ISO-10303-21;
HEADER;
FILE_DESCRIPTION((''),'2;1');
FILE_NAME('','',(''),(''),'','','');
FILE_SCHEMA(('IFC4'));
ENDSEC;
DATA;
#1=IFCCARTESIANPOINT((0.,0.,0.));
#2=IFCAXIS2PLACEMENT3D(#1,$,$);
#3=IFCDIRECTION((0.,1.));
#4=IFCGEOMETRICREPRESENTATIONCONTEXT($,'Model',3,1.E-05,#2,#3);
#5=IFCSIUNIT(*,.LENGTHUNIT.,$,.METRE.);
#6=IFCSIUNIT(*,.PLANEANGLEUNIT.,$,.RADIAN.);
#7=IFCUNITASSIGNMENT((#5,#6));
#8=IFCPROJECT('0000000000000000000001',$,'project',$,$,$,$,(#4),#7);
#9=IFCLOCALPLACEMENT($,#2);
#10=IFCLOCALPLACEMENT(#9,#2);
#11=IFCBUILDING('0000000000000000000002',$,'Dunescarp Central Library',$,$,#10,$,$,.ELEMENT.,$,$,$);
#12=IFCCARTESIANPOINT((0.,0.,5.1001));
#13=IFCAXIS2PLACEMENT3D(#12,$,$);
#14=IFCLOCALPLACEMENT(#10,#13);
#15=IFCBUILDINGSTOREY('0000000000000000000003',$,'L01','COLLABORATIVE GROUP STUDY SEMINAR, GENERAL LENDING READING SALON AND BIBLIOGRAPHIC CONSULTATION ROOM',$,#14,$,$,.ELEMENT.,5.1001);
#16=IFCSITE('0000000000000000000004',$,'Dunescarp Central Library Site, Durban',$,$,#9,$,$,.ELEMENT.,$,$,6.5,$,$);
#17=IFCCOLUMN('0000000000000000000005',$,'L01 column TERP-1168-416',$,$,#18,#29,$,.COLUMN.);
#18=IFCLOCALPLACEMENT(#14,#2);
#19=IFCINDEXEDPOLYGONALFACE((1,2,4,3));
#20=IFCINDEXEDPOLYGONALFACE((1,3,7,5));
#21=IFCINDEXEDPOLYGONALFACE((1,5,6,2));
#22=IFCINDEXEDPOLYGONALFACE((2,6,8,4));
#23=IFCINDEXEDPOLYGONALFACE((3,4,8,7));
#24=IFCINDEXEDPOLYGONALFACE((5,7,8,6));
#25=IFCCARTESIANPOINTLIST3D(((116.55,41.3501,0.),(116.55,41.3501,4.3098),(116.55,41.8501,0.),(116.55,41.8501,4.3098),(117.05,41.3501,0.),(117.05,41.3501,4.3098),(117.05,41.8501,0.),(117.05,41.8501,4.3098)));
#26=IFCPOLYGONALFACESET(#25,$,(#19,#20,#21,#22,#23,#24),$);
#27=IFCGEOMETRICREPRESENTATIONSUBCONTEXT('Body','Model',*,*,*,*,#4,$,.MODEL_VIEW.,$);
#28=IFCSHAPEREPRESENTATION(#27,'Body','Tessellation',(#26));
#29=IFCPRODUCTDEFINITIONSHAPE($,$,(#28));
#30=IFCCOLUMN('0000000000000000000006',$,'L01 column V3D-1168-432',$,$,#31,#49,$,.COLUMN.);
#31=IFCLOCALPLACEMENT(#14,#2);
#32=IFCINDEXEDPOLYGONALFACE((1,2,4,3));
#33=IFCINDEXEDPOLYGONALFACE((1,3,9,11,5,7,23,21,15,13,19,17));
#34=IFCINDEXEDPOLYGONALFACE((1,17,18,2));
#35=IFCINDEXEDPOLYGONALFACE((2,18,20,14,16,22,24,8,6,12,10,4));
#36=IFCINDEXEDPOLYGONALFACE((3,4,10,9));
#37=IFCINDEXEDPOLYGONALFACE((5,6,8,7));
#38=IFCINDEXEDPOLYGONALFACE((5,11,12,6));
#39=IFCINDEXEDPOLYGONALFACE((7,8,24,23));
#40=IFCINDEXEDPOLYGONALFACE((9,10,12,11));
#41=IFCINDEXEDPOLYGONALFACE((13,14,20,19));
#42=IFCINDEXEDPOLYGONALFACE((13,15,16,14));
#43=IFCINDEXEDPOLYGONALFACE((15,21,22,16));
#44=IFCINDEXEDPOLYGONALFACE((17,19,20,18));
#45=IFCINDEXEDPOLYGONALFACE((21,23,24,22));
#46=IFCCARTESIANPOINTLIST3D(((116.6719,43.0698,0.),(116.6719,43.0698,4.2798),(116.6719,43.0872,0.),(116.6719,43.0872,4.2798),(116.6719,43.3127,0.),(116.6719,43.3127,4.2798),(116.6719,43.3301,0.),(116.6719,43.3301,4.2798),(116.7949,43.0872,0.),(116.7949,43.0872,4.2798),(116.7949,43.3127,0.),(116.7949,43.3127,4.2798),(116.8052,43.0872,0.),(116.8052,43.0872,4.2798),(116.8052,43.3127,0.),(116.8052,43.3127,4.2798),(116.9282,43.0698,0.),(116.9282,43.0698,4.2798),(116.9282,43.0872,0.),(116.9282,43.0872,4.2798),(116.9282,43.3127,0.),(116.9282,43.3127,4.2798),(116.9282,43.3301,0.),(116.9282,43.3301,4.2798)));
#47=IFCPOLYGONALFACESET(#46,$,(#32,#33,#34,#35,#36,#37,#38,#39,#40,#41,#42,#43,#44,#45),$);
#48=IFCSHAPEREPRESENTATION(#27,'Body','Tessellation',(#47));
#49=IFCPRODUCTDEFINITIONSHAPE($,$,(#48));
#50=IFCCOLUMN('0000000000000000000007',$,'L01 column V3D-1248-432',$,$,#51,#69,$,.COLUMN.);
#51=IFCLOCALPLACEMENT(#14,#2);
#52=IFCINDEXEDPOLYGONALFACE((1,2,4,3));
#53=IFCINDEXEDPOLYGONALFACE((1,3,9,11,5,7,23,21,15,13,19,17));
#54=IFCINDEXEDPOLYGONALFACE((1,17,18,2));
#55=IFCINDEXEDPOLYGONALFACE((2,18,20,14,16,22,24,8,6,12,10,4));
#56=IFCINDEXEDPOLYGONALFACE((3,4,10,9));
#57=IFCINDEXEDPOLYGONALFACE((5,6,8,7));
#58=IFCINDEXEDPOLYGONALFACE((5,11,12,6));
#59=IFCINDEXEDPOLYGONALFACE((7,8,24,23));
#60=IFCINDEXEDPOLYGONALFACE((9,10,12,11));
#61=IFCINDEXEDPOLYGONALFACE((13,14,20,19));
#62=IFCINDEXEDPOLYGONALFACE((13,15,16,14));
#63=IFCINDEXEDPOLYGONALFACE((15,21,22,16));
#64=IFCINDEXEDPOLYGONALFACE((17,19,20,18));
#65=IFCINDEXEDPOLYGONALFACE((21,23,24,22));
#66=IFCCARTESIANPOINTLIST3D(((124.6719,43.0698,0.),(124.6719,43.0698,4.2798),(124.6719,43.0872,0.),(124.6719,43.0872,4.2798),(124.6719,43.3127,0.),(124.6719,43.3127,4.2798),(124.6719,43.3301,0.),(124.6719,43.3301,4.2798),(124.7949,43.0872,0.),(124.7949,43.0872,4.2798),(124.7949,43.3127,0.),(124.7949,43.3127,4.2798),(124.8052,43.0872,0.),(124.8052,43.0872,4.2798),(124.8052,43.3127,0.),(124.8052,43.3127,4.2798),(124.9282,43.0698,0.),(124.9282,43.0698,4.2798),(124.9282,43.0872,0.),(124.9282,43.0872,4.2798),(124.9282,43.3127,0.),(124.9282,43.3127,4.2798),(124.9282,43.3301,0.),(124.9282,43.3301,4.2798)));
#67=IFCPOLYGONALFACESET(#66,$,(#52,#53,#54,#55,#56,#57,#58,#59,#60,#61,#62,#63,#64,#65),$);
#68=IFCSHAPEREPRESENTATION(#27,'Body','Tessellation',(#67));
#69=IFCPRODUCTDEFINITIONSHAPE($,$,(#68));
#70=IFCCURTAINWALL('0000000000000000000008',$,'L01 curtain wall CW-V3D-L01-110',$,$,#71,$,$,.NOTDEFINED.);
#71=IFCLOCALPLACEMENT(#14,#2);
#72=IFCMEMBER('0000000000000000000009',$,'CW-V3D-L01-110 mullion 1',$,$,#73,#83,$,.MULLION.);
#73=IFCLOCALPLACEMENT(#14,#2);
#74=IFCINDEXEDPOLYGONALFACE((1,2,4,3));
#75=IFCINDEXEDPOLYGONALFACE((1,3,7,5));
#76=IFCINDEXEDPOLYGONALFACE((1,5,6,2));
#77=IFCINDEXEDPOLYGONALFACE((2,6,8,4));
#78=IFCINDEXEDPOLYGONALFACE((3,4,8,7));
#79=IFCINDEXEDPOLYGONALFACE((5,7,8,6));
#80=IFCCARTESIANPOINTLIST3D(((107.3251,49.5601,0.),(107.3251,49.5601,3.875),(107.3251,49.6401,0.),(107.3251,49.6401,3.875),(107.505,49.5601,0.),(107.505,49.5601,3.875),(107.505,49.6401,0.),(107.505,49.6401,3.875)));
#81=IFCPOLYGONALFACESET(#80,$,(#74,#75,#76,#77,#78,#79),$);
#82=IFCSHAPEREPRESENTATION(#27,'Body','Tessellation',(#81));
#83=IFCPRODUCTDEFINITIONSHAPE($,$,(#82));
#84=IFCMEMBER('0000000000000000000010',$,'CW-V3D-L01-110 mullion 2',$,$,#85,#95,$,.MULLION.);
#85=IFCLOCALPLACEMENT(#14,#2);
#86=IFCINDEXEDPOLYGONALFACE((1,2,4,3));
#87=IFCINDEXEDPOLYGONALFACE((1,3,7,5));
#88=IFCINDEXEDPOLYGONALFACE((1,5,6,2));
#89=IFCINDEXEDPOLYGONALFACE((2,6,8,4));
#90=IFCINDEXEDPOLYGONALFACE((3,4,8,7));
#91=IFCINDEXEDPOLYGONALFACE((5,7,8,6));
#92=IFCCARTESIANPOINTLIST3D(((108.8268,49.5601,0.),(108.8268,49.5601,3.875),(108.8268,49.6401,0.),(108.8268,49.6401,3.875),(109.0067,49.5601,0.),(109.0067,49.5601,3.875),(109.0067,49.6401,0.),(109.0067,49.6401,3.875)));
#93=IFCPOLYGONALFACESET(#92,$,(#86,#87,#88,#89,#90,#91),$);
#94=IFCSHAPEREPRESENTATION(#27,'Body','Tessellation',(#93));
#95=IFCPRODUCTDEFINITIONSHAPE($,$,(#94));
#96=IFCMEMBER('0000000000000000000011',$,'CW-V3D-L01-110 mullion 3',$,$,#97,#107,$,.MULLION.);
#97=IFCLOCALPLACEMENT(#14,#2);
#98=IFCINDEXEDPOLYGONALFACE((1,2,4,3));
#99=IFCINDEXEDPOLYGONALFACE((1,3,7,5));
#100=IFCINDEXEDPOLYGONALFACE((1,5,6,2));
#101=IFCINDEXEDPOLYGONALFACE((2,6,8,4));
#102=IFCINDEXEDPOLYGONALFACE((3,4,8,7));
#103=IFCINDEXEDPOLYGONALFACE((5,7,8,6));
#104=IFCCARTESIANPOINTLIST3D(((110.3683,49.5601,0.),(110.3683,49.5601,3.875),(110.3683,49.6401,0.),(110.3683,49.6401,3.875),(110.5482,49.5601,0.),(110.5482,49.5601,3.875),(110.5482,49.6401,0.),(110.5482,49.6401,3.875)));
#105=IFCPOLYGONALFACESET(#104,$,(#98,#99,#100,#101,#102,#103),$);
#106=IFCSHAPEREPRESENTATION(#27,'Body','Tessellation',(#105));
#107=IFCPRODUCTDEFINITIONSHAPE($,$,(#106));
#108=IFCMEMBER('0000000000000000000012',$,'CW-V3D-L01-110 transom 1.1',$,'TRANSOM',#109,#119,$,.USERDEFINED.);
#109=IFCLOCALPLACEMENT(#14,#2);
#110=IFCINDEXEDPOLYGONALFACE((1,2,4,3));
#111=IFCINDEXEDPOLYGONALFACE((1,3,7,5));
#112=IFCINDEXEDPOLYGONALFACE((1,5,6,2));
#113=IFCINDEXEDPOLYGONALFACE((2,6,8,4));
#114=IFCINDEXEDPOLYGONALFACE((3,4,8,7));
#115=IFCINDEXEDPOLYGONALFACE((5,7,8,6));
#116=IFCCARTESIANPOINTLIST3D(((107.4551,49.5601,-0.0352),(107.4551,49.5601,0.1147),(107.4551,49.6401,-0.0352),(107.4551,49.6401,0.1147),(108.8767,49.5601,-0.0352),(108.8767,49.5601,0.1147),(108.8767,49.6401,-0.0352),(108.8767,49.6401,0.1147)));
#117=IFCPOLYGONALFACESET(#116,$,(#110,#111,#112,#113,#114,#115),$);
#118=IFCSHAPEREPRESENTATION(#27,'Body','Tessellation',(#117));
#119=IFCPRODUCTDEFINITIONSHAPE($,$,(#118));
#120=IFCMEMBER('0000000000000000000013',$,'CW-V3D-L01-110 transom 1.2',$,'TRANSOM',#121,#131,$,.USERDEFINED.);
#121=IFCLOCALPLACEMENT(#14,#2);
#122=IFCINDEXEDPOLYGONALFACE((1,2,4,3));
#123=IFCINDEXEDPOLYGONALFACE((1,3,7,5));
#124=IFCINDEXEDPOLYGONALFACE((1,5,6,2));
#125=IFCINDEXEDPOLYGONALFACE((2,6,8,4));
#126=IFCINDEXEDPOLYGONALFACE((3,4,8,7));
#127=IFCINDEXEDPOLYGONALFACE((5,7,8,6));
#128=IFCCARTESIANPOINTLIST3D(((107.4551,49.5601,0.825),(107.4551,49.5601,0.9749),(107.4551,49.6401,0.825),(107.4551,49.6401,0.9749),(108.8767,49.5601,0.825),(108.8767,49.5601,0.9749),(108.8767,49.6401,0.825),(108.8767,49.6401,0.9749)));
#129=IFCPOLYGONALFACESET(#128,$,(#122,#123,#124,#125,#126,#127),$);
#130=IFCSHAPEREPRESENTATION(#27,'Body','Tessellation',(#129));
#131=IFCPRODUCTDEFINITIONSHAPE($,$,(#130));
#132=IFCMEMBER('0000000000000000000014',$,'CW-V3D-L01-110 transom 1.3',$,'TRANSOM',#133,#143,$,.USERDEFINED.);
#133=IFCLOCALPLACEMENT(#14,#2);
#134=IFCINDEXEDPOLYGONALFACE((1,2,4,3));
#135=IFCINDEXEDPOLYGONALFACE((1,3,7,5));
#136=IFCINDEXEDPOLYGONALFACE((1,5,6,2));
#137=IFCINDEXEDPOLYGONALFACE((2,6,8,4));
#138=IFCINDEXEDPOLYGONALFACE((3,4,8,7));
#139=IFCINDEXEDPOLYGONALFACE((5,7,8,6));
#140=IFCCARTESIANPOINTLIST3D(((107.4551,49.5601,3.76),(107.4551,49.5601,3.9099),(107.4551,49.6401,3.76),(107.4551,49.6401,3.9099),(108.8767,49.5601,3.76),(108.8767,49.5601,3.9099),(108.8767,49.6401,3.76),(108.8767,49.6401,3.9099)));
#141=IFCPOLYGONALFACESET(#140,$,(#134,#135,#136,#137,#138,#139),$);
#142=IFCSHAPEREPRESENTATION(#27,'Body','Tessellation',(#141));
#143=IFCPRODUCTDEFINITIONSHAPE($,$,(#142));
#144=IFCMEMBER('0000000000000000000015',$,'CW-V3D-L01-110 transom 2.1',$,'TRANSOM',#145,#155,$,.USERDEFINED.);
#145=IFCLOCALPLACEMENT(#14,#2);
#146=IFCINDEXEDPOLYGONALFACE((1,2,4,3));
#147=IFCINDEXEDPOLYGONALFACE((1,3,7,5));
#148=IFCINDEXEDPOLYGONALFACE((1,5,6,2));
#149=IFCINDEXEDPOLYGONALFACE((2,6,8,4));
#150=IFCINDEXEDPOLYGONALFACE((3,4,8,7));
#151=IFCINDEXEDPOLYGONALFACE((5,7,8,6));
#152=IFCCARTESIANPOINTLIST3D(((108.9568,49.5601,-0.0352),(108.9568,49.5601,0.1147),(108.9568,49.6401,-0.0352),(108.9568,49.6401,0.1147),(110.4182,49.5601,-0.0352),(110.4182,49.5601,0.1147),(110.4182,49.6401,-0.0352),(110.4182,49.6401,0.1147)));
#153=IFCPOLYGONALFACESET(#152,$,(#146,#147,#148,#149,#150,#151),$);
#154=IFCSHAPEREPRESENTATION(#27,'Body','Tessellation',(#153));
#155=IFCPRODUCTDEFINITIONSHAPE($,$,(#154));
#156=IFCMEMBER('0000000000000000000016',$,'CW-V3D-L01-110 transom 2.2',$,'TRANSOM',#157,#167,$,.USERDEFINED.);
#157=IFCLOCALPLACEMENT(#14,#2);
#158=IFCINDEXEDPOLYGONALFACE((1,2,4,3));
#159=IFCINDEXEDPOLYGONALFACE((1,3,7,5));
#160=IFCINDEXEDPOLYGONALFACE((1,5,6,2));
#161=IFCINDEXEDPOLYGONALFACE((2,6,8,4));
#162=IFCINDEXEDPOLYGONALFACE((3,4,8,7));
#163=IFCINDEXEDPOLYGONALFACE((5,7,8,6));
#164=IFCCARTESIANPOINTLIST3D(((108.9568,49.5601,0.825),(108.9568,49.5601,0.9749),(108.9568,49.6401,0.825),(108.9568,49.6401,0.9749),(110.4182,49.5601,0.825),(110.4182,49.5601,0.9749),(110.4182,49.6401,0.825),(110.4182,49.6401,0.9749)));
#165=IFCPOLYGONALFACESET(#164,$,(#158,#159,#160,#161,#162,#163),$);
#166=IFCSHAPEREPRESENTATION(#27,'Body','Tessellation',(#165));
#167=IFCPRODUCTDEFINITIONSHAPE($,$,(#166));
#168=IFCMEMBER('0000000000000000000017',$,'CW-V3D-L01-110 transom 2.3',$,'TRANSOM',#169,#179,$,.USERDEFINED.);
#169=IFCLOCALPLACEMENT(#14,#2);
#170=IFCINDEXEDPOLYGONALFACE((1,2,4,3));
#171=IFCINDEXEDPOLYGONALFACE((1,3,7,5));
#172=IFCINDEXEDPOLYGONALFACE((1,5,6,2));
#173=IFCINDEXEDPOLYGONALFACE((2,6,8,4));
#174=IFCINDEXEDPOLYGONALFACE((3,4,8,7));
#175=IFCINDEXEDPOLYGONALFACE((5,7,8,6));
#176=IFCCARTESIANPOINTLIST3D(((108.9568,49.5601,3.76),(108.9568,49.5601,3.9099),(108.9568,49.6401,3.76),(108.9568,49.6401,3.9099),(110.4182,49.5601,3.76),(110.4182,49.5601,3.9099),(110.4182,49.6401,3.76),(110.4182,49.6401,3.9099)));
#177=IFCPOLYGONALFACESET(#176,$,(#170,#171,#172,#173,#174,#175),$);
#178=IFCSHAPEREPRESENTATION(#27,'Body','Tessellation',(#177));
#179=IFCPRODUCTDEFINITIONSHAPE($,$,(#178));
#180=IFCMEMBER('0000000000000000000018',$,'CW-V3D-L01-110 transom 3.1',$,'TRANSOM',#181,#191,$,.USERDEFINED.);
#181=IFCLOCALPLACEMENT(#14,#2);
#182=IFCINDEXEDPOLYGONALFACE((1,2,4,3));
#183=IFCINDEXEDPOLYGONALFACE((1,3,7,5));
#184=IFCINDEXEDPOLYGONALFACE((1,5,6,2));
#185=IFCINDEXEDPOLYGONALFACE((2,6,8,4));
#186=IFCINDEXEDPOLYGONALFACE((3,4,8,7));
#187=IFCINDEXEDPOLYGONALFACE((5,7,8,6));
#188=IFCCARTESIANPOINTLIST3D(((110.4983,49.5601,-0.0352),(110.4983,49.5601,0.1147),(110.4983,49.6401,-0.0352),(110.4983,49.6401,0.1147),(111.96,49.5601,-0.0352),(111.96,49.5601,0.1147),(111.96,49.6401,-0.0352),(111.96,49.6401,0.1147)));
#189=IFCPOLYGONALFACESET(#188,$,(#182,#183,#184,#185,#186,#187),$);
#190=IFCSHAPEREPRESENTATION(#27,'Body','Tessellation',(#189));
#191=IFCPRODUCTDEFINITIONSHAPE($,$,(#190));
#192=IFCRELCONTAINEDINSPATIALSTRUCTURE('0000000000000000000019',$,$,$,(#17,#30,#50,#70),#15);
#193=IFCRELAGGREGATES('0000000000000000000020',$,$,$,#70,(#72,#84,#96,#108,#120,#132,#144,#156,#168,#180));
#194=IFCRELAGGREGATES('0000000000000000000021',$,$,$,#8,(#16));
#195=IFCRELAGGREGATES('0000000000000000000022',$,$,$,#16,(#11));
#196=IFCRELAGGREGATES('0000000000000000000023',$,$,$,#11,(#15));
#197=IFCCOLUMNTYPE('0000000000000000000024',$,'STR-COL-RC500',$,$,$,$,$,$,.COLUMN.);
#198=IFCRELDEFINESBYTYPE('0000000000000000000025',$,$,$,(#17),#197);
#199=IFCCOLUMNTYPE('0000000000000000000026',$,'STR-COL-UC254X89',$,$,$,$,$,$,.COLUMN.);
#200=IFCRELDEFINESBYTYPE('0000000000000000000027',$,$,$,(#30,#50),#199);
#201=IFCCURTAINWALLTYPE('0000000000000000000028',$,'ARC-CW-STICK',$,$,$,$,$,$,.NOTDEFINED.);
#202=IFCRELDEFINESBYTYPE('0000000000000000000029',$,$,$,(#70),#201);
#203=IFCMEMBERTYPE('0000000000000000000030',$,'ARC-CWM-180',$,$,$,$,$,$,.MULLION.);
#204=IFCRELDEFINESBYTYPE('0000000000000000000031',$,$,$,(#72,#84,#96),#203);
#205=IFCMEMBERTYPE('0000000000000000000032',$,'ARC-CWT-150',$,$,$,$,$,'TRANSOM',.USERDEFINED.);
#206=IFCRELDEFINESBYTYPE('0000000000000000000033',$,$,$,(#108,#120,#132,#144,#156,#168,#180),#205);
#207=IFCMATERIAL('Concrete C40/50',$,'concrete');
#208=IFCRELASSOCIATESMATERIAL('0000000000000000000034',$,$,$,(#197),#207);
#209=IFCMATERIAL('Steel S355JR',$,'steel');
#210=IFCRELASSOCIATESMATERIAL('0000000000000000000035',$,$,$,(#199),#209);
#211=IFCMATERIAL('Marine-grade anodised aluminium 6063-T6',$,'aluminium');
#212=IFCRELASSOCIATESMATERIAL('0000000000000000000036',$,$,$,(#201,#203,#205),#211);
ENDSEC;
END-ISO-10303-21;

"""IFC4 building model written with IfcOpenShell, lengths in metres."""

from ifc_helpers import new_model, si_unit, direction, frame, origin, origin_2d, place, context, subcontext, project, spatial, rectangle, i_section, extrude, material, material_profile, profile_set, type_object, element, aggregate, save


model = new_model("IFC4")

# Units and contexts
model_context = context("Model", 3, precision=1e-05, world=origin(), true_north=direction((0.0, 1.0)))
body_context = subcontext(model_context, "Body", "Model", "MODEL_VIEW")
ifc_project = project(units=[si_unit("LENGTHUNIT", "METRE"), si_unit("PLANEANGLEUNIT", "RADIAN")], contexts=[model_context])

# Site, building, storey
site_placement = place(None, origin())
site = spatial("IfcSite", under=ifc_project, at=site_placement, Name="Dunescarp Central Library Site, Durban", CompositionType="ELEMENT", RefElevation=6.5)
building_placement = place(site_placement, origin())
building = spatial("IfcBuilding", under=site, at=building_placement, Name="Dunescarp Central Library", CompositionType="ELEMENT")
storey_placement = place(building_placement, frame((0.0, 0.0, 5.1001)))
storey = spatial("IfcBuildingStorey", under=building, at=storey_placement, Name="L01", Description="COLLABORATIVE GROUP STUDY SEMINAR, GENERAL LENDING READING SALON AND BIBLIOGRAPHIC CONSULTATION ROOM", CompositionType="ELEMENT", Elevation=5.1001)

# Columns
ifc_material_1 = material(Name="Concrete C40/50", Category="concrete")
ifc_material_profile_1 = material_profile(ifc_material_1, rectangle(XDim=0.5, YDim=0.5, at=origin_2d()), Name="RC 500x500")
ifc_profile_set_1 = profile_set([ifc_material_profile_1], Name="Concrete C40/50")
column_type_1 = type_object("IfcColumnType", Name="STR-COL-RC500", PredefinedType="COLUMN", material=ifc_profile_set_1)
column_placement = place(storey_placement, frame((116.8, 41.6001, 0.0), z_axis=(0.0, 0.0, 1.0), x_axis=(1.0, 0.0, 0.0)))
element("IfcColumn", 1, at=column_placement, inside=storey, type_object=column_type_1, Name="L01 column TERP-1168-416", PredefinedType="COLUMN", context=body_context, shape_type="SweptSolid", body=[
    extrude(rectangle(XDim=0.5, YDim=0.5, at=origin_2d()), origin(), (0.0, 0.0, 1.0), 4.3098),
])
ifc_material_2 = material(Name="Steel S355JR", Category="steel")
ifc_material_profile_2 = material_profile(ifc_material_2, i_section(OverallWidth=0.2563, OverallDepth=0.2603, WebThickness=0.0103, FlangeThickness=0.0173, at=origin_2d()), Name="UC 254x254x89")
ifc_profile_set_2 = profile_set([ifc_material_profile_2], Name="Steel S355JR")
column_type_2 = type_object("IfcColumnType", Name="STR-COL-UC254X89", PredefinedType="COLUMN", material=ifc_profile_set_2)
for number, where, z_axis, x_axis, name in (
    (2, (116.8, 43.2, 0.0), (0.0, 0.0, 1.0), (1.0, 0.0, 0.0), "L01 column V3D-1168-432"),
    (3, (124.8, 43.2, 0.0), (0.0, 0.0, 1.0), (1.0, 0.0, 0.0), "L01 column V3D-1248-432"),
):
    element("IfcColumn", number, at=place(storey_placement, frame(where, z_axis=z_axis, x_axis=x_axis)), inside=storey, type_object=column_type_2, Name=name, PredefinedType="COLUMN", context=body_context, shape_type="SweptSolid", body=[
        extrude(i_section(OverallWidth=0.2563, OverallDepth=0.2603, WebThickness=0.0103, FlangeThickness=0.0173, at=origin_2d()), origin(), (0.0, 0.0, 1.0), 4.2798),
    ])

# Curtain wall, members
ifc_material_3 = material(Name="Marine-grade anodised aluminium 6063-T6", Category="aluminium")
curtain_wall_type = type_object("IfcCurtainWallType", Name="ARC-CW-STICK", PredefinedType="NOTDEFINED", material=ifc_material_3)
curtain_wall_placement = place(storey_placement, origin())
curtain_wall = element("IfcCurtainWall", 4, at=curtain_wall_placement, inside=storey, type_object=curtain_wall_type, Name="L01 curtain wall CW-V3D-L01-110", PredefinedType="NOTDEFINED")
ifc_material_profile_3 = material_profile(ifc_material_3, rectangle(XDim=0.0801, YDim=0.1799, at=origin_2d()), Name="AL 80x180")
ifc_profile_set_3 = profile_set([ifc_material_profile_3], Name="Marine-grade anodised aluminium 6063-T6")
member_type_1 = type_object("IfcMemberType", Name="ARC-CWM-180", PredefinedType="MULLION", material=ifc_profile_set_3)
member_1_placement = place(storey_placement, frame((107.415, 49.6001, 0.0), z_axis=(0.0, 0.0, 1.0), x_axis=(0.0, 1.0, 0.0)))
member_1 = element("IfcMember", 5, at=member_1_placement, type_object=member_type_1, Name="CW-V3D-L01-110 mullion 1", PredefinedType="MULLION", context=body_context, shape_type="SweptSolid", body=[
    extrude(rectangle(XDim=0.0801, YDim=0.1799, at=origin_2d()), origin(), (0.0, 0.0, 1.0), 3.875),
])
member_2_placement = place(storey_placement, frame((108.9167, 49.6001, 0.0), z_axis=(0.0, 0.0, 1.0), x_axis=(0.0, 1.0, 0.0)))
member_2 = element("IfcMember", 6, at=member_2_placement, type_object=member_type_1, Name="CW-V3D-L01-110 mullion 2", PredefinedType="MULLION", context=body_context, shape_type="SweptSolid", body=[
    extrude(rectangle(XDim=0.0801, YDim=0.1799, at=origin_2d()), origin(), (0.0, 0.0, 1.0), 3.875),
])
member_3_placement = place(storey_placement, frame((110.4583, 49.6001, 0.0), z_axis=(0.0, 0.0, 1.0), x_axis=(0.0, 1.0, 0.0)))
member_3 = element("IfcMember", 7, at=member_3_placement, type_object=member_type_1, Name="CW-V3D-L01-110 mullion 3", PredefinedType="MULLION", context=body_context, shape_type="SweptSolid", body=[
    extrude(rectangle(XDim=0.0801, YDim=0.1799, at=origin_2d()), origin(), (0.0, 0.0, 1.0), 3.875),
])
ifc_material_profile_4 = material_profile(ifc_material_3, rectangle(XDim=0.0801, YDim=0.1499, at=origin_2d()), Name="AL 80x150")
ifc_profile_set_4 = profile_set([ifc_material_profile_4], Name="Marine-grade anodised aluminium 6063-T6")
member_type_2 = type_object("IfcMemberType", Name="ARC-CWT-150", ElementType="TRANSOM", PredefinedType="USERDEFINED", material=ifc_profile_set_4)
member_4_placement = place(storey_placement, frame((107.4551, 49.6001, 0.0398), z_axis=(1.0, 0.0, 0.0), x_axis=(0.0, 1.0, 0.0)))
member_4 = element("IfcMember", 8, at=member_4_placement, type_object=member_type_2, Name="CW-V3D-L01-110 transom 1.1", ObjectType="TRANSOM", PredefinedType="USERDEFINED", context=body_context, shape_type="SweptSolid", body=[
    extrude(rectangle(XDim=0.0801, YDim=0.1499, at=origin_2d()), origin(), (0.0, 0.0, 1.0), 1.4216),
])
member_5_placement = place(storey_placement, frame((107.4551, 49.6001, 0.8999), z_axis=(1.0, 0.0, 0.0), x_axis=(0.0, 1.0, 0.0)))
member_5 = element("IfcMember", 9, at=member_5_placement, type_object=member_type_2, Name="CW-V3D-L01-110 transom 1.2", ObjectType="TRANSOM", PredefinedType="USERDEFINED", context=body_context, shape_type="SweptSolid", body=[
    extrude(rectangle(XDim=0.0801, YDim=0.1499, at=origin_2d()), origin(), (0.0, 0.0, 1.0), 1.4216),
])
member_6_placement = place(storey_placement, frame((107.4551, 49.6001, 3.835), z_axis=(1.0, 0.0, 0.0), x_axis=(0.0, 1.0, 0.0)))
member_6 = element("IfcMember", 10, at=member_6_placement, type_object=member_type_2, Name="CW-V3D-L01-110 transom 1.3", ObjectType="TRANSOM", PredefinedType="USERDEFINED", context=body_context, shape_type="SweptSolid", body=[
    extrude(rectangle(XDim=0.0801, YDim=0.1499, at=origin_2d()), origin(), (0.0, 0.0, 1.0), 1.4216),
])
member_7_placement = place(storey_placement, frame((108.9568, 49.6001, 0.0398), z_axis=(1.0, 0.0, 0.0), x_axis=(0.0, 1.0, 0.0)))
member_7 = element("IfcMember", 11, at=member_7_placement, type_object=member_type_2, Name="CW-V3D-L01-110 transom 2.1", ObjectType="TRANSOM", PredefinedType="USERDEFINED", context=body_context, shape_type="SweptSolid", body=[
    extrude(rectangle(XDim=0.0801, YDim=0.1499, at=origin_2d()), origin(), (0.0, 0.0, 1.0), 1.4614),
])
member_8_placement = place(storey_placement, frame((108.9568, 49.6001, 0.8999), z_axis=(1.0, 0.0, 0.0), x_axis=(0.0, 1.0, 0.0)))
member_8 = element("IfcMember", 12, at=member_8_placement, type_object=member_type_2, Name="CW-V3D-L01-110 transom 2.2", ObjectType="TRANSOM", PredefinedType="USERDEFINED", context=body_context, shape_type="SweptSolid", body=[
    extrude(rectangle(XDim=0.0801, YDim=0.1499, at=origin_2d()), origin(), (0.0, 0.0, 1.0), 1.4614),
])
member_9_placement = place(storey_placement, frame((108.9568, 49.6001, 3.835), z_axis=(1.0, 0.0, 0.0), x_axis=(0.0, 1.0, 0.0)))
member_9 = element("IfcMember", 13, at=member_9_placement, type_object=member_type_2, Name="CW-V3D-L01-110 transom 2.3", ObjectType="TRANSOM", PredefinedType="USERDEFINED", context=body_context, shape_type="SweptSolid", body=[
    extrude(rectangle(XDim=0.0801, YDim=0.1499, at=origin_2d()), origin(), (0.0, 0.0, 1.0), 1.4614),
])
member_10_placement = place(storey_placement, frame((110.4983, 49.6001, 0.0398), z_axis=(1.0, 0.0, 0.0), x_axis=(0.0, 1.0, 0.0)))
member_10 = element("IfcMember", 14, at=member_10_placement, type_object=member_type_2, Name="CW-V3D-L01-110 transom 3.1", ObjectType="TRANSOM", PredefinedType="USERDEFINED", context=body_context, shape_type="SweptSolid", body=[
    extrude(rectangle(XDim=0.0801, YDim=0.1499, at=origin_2d()), origin(), (0.0, 0.0, 1.0), 1.4617),
])

aggregate(curtain_wall, [member_1, member_2, member_3, member_4, member_5, member_6, member_7, member_8, member_9, member_10])

save(model, "model.ifc")
